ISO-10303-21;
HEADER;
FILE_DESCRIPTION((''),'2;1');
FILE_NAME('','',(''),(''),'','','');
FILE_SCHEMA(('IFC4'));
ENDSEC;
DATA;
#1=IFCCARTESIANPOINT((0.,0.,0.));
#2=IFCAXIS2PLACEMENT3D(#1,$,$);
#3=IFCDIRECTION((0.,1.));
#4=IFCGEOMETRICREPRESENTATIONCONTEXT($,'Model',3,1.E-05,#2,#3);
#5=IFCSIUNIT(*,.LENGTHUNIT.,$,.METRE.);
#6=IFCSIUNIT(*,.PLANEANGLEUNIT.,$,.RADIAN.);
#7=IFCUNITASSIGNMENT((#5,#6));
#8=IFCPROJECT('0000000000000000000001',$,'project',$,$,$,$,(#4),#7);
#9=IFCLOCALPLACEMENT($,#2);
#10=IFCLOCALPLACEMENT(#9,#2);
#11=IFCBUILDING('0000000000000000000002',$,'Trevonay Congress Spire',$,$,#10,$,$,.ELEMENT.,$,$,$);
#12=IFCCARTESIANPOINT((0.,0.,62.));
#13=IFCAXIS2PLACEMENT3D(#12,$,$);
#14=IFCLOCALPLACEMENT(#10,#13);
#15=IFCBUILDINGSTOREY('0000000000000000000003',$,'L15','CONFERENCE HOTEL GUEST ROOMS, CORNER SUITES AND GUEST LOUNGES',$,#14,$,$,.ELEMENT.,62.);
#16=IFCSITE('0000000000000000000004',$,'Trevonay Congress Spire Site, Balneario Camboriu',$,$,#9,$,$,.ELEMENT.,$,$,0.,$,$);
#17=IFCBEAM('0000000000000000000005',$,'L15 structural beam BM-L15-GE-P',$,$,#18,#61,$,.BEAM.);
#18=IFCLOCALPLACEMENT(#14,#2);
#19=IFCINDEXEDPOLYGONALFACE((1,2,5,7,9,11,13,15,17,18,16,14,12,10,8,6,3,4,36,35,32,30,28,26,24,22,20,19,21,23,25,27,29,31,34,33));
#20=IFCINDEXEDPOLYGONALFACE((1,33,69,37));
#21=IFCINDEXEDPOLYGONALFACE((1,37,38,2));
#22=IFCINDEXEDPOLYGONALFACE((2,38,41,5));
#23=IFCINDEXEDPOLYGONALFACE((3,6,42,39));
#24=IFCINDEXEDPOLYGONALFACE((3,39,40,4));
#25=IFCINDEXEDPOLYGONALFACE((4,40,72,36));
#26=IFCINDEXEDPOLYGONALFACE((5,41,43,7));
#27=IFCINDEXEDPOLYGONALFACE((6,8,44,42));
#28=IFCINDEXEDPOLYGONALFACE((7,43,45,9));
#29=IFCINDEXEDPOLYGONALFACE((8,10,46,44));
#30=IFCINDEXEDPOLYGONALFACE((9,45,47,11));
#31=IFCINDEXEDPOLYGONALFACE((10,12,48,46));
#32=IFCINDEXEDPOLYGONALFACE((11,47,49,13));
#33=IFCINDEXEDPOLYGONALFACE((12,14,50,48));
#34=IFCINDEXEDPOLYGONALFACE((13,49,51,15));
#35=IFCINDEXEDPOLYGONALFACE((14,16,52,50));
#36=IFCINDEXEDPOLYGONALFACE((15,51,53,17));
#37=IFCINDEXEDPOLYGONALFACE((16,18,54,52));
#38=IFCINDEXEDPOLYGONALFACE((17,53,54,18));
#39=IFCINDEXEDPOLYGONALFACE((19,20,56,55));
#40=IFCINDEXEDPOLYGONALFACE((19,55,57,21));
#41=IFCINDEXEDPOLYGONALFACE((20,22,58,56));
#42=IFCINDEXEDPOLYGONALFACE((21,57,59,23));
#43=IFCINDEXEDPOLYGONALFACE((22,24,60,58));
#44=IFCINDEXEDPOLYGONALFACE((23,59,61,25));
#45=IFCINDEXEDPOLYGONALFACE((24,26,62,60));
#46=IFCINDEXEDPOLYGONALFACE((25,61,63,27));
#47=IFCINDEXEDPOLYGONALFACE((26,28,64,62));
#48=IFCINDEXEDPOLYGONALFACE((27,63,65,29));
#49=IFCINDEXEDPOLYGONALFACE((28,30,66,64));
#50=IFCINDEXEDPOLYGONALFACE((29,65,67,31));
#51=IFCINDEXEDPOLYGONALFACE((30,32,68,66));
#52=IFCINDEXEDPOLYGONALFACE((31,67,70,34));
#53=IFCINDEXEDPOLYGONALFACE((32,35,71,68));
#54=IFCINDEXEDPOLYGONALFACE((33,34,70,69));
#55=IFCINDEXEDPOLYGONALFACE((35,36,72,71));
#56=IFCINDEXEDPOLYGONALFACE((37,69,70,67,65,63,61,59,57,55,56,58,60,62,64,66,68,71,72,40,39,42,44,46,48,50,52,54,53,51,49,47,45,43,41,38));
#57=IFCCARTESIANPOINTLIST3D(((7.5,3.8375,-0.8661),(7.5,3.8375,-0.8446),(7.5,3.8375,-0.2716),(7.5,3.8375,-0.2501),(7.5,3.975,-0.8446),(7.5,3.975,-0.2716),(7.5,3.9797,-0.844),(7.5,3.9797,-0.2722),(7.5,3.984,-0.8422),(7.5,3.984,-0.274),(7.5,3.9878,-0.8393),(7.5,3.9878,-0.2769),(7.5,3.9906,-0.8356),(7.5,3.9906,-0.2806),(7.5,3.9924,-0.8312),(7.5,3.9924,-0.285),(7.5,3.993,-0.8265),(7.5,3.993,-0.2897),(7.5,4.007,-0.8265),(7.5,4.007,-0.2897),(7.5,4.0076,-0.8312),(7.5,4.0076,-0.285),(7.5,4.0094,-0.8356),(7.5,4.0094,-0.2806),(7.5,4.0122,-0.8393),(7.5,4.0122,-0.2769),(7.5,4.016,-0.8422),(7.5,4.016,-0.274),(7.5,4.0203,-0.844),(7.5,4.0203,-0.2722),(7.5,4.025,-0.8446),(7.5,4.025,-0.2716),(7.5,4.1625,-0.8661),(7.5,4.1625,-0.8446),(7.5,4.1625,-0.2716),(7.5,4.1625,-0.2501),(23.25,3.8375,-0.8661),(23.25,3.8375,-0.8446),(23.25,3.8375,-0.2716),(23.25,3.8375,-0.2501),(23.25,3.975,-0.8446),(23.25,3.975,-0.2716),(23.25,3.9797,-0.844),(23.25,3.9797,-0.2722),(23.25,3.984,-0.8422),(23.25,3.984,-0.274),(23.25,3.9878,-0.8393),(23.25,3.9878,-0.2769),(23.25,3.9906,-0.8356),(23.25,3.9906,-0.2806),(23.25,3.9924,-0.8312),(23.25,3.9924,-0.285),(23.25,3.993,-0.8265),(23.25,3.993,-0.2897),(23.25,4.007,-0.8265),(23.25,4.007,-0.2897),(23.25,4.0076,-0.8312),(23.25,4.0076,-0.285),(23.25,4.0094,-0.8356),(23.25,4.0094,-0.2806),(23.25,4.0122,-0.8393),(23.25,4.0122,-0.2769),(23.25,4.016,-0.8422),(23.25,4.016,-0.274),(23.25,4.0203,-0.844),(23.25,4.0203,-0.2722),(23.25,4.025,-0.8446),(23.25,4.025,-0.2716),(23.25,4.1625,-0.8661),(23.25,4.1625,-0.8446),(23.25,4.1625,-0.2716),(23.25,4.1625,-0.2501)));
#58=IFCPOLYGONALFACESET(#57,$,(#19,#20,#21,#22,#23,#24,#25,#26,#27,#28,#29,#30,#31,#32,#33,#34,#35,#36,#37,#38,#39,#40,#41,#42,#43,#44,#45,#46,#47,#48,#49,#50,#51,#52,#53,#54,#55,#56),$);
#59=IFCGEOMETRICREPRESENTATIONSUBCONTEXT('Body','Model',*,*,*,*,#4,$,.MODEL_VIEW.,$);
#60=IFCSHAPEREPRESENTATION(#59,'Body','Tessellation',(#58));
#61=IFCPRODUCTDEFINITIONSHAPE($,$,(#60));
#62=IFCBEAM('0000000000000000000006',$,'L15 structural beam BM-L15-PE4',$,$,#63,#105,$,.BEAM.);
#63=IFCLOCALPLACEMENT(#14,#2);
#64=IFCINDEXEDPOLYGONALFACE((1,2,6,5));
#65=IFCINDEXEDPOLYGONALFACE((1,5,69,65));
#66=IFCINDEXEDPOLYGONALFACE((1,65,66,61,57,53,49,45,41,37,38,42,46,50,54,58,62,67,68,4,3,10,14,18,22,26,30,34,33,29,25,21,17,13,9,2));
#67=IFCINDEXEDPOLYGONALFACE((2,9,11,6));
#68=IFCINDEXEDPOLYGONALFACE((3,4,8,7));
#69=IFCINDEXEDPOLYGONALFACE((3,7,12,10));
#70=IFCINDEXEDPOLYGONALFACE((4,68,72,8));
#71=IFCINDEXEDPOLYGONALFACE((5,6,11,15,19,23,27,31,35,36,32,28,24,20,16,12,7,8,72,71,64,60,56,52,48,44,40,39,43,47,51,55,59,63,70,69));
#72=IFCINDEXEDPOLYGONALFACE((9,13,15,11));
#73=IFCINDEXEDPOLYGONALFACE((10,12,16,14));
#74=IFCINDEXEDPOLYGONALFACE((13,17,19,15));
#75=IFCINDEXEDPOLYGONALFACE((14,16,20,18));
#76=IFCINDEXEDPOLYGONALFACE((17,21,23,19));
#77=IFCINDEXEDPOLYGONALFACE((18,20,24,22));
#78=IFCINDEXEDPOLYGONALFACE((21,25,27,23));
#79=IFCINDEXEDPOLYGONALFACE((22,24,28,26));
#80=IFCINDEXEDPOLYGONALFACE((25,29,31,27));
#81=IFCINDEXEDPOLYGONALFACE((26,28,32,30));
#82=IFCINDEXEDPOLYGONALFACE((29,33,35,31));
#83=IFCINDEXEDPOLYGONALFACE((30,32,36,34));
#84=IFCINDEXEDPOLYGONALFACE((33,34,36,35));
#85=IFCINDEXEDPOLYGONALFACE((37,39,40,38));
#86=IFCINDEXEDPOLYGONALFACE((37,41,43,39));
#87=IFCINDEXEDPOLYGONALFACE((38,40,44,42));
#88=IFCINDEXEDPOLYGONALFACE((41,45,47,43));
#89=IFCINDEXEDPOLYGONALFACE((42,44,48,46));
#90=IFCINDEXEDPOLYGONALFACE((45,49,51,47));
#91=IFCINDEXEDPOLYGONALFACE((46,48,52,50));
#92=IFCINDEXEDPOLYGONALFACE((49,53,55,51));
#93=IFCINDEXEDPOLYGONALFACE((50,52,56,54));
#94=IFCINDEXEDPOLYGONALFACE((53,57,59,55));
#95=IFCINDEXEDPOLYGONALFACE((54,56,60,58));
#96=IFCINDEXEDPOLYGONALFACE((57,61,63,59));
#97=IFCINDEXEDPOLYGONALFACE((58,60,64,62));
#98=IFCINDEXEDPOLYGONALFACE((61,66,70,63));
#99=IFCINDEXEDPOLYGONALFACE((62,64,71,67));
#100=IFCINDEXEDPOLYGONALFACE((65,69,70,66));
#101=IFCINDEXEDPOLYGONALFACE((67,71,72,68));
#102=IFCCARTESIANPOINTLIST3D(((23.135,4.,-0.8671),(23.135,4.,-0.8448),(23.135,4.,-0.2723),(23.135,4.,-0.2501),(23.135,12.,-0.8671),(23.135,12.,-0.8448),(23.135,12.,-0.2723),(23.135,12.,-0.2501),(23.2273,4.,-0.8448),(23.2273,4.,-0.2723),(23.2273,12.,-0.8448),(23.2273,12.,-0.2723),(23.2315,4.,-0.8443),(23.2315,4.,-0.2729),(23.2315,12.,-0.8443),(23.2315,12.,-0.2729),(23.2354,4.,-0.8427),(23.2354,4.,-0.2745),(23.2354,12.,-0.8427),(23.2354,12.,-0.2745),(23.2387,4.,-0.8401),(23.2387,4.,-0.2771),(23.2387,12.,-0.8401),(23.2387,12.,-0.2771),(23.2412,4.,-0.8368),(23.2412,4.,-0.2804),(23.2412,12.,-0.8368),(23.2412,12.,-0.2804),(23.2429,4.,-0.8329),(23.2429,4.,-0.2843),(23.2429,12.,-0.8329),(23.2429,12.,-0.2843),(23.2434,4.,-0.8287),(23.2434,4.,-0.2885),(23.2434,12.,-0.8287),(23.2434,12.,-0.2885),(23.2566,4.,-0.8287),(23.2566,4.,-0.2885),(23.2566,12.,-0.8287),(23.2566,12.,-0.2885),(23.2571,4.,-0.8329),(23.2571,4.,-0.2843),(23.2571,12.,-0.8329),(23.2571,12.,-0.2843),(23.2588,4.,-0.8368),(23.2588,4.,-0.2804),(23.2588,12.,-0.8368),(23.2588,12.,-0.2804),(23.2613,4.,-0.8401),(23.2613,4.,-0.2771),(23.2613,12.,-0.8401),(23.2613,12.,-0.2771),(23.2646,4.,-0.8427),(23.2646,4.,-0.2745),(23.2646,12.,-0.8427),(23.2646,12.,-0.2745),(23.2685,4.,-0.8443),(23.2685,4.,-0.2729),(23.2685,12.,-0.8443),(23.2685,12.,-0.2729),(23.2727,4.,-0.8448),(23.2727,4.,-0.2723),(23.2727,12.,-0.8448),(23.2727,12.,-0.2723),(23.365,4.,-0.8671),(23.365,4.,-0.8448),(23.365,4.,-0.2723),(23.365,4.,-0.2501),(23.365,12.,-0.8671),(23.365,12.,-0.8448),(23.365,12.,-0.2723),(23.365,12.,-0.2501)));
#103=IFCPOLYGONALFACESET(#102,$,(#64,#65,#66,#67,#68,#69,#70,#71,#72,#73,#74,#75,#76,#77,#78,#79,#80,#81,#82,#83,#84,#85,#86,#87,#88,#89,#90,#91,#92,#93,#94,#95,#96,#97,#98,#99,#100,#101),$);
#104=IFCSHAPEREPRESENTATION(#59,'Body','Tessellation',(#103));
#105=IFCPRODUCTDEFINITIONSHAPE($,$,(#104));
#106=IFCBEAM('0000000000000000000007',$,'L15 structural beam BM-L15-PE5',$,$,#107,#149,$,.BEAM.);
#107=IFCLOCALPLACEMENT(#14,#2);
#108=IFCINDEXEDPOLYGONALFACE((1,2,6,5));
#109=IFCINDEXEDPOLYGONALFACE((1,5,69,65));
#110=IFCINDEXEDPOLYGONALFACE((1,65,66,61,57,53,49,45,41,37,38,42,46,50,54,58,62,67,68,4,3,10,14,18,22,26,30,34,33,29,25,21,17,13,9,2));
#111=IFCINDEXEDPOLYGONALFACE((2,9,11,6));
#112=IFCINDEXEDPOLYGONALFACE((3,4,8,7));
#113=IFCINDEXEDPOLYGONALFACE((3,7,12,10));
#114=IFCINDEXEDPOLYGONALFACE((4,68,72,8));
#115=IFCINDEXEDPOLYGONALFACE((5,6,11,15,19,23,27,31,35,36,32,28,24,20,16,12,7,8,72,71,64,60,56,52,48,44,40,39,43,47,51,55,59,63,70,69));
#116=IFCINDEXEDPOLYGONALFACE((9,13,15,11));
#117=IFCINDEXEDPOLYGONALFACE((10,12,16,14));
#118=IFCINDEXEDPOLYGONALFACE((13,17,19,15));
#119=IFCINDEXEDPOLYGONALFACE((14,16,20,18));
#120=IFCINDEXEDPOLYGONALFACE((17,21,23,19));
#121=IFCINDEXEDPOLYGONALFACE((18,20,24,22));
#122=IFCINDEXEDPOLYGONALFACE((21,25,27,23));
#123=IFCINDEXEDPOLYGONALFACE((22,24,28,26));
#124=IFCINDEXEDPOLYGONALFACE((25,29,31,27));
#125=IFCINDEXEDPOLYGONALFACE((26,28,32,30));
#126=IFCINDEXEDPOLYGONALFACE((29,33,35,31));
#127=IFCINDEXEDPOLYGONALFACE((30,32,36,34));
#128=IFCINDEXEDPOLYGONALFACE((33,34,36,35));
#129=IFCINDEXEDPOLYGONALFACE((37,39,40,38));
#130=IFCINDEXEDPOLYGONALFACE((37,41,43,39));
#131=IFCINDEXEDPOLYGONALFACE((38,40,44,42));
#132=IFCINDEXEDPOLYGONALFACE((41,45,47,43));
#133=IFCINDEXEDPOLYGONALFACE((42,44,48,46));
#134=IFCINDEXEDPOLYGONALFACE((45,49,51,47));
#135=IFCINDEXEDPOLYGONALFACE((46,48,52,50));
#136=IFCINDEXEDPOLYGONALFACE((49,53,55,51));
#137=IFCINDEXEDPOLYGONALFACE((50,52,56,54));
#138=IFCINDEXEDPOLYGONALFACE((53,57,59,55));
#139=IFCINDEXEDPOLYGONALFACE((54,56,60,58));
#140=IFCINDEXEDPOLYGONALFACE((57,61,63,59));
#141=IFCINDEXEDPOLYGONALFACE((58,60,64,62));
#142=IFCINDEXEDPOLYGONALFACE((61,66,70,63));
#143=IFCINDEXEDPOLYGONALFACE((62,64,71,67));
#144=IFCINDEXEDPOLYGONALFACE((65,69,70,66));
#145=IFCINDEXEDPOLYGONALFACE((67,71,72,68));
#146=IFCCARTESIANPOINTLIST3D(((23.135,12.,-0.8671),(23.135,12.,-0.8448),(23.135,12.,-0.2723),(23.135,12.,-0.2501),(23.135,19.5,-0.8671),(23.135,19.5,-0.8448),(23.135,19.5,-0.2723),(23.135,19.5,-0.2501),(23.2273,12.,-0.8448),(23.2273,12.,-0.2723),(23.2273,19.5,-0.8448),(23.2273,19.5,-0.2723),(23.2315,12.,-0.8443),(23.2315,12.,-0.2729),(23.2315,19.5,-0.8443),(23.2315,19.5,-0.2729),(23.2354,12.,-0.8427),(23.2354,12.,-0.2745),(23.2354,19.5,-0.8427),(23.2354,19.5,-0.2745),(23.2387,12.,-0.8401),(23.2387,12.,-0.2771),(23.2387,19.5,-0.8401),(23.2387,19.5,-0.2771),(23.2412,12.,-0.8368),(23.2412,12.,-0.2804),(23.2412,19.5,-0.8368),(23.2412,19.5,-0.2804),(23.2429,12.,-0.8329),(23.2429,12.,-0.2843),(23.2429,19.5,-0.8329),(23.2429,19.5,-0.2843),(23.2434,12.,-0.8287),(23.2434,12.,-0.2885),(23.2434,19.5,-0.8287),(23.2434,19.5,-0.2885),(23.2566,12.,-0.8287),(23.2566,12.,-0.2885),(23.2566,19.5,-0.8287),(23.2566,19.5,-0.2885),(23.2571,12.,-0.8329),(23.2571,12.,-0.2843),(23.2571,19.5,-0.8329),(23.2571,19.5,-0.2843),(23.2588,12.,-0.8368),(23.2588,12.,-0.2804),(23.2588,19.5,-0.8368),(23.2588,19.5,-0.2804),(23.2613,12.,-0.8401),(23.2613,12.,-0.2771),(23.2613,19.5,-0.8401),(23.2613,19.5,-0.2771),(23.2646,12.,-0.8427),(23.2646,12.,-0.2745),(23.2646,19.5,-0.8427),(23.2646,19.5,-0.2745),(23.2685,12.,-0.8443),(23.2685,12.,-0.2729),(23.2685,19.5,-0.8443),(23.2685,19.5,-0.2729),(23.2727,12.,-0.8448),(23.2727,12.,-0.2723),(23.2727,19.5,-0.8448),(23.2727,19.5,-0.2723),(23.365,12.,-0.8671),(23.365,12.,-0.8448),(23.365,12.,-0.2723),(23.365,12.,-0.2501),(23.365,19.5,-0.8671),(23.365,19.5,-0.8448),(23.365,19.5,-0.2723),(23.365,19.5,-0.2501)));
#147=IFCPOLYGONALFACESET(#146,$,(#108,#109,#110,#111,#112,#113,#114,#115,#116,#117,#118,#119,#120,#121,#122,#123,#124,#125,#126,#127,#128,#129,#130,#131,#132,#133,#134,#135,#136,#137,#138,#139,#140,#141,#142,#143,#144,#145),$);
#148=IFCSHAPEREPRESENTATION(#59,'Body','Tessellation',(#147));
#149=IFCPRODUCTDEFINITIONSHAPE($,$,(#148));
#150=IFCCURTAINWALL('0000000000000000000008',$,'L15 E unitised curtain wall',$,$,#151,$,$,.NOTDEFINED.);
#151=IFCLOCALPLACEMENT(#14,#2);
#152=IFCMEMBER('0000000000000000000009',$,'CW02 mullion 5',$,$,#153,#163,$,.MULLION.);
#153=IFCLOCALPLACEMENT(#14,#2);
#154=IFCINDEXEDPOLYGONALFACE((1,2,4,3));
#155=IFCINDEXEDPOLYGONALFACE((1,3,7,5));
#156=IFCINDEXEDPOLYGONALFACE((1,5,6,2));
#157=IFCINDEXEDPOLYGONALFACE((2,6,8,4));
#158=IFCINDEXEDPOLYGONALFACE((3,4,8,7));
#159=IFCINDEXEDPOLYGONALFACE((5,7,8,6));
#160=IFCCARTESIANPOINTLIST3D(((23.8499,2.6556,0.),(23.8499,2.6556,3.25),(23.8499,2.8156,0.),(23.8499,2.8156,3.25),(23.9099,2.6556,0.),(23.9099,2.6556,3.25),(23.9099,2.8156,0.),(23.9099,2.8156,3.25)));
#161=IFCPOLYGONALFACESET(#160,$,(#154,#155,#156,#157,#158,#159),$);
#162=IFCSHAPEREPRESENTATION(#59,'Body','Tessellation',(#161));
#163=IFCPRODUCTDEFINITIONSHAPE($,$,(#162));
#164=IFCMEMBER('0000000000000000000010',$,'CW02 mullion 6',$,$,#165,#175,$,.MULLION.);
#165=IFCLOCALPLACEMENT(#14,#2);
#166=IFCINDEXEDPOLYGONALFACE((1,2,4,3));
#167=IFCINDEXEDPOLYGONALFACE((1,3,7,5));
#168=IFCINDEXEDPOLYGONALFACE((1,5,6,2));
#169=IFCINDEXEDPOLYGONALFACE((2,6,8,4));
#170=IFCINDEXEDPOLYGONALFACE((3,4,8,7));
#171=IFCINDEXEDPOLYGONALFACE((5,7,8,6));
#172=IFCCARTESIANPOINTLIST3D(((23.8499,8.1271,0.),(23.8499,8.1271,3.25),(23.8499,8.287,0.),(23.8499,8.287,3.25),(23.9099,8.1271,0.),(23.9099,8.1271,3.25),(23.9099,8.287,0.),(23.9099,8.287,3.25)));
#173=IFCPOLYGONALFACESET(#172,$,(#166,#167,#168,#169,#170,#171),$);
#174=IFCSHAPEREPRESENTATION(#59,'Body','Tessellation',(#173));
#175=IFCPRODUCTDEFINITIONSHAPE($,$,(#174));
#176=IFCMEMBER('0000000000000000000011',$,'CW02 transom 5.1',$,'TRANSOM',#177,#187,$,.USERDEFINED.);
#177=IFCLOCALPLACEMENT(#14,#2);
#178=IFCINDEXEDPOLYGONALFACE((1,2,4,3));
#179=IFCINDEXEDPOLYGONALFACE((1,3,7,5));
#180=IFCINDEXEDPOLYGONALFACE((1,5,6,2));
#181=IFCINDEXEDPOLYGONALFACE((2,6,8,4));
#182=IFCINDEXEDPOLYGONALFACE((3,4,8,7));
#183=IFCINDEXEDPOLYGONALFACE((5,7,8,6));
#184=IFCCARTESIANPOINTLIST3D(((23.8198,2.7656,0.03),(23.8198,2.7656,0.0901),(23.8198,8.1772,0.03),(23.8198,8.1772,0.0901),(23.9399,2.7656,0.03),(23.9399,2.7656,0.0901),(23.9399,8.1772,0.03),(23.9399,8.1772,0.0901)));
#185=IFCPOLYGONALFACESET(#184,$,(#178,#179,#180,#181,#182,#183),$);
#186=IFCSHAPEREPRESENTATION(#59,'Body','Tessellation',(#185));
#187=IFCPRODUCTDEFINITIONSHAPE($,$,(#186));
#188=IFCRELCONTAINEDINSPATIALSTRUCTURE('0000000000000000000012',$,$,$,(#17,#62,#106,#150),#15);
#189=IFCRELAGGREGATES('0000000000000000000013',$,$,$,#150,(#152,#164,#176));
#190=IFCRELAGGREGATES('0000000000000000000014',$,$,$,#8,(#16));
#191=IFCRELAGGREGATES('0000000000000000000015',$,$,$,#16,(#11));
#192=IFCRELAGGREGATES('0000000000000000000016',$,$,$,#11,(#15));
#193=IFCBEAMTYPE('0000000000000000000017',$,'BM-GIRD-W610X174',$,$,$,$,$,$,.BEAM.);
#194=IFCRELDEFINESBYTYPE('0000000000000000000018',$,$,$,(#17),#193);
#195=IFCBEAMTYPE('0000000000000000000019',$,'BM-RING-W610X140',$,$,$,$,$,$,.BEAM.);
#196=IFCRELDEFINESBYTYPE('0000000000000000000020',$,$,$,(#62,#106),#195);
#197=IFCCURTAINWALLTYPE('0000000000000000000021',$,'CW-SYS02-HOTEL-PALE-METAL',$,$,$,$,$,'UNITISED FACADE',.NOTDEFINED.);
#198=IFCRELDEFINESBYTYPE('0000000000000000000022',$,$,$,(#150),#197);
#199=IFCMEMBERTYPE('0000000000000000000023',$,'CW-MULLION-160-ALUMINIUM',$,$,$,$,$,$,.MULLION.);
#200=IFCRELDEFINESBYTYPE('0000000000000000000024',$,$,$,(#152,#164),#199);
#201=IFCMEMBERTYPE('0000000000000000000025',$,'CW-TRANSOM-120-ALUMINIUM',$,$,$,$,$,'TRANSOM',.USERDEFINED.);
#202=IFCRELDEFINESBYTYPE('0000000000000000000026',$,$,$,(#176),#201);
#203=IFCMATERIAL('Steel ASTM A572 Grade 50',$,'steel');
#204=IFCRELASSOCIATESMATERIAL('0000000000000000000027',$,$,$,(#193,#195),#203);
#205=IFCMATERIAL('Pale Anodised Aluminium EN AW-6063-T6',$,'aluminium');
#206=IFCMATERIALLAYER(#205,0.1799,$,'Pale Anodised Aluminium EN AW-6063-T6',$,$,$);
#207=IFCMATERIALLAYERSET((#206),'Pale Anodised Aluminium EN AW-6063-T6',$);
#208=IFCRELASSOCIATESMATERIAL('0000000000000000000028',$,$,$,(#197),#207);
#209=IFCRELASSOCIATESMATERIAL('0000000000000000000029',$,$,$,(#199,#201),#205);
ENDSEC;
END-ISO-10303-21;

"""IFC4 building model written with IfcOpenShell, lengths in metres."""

from ifc_helpers import new_model, si_unit, direction, frame, origin, origin_2d, place, context, subcontext, project, spatial, rectangle, i_section, extrude, material, layer, layer_set, material_profile, profile_set, type_object, element, aggregate, save


model = new_model("IFC4")

# Units and contexts
model_context = context("Model", 3, precision=1e-05, world=origin(), true_north=direction((0.0, 1.0)))
body_context = subcontext(model_context, "Body", "Model", "MODEL_VIEW")
ifc_project = project(units=[si_unit("LENGTHUNIT", "METRE"), si_unit("PLANEANGLEUNIT", "RADIAN")], contexts=[model_context])

# Site, building, storey
site_placement = place(None, origin())
site = spatial("IfcSite", under=ifc_project, at=site_placement, Name="Trevonay Congress Spire Site, Balneario Camboriu", CompositionType="ELEMENT", RefElevation=0.0)
building_placement = place(site_placement, origin())
building = spatial("IfcBuilding", under=site, at=building_placement, Name="Trevonay Congress Spire", CompositionType="ELEMENT")
storey_placement = place(building_placement, frame((0.0, 0.0, 62.0)))
storey = spatial("IfcBuildingStorey", under=building, at=storey_placement, Name="L15", Description="CONFERENCE HOTEL GUEST ROOMS, CORNER SUITES AND GUEST LOUNGES", CompositionType="ELEMENT", Elevation=62.0)

# Shared definitions
ifc_material_1 = material(Name="Steel ASTM A572 Grade 50", Category="steel")

# Beams
ifc_material_profile_1 = material_profile(ifc_material_1, i_section(OverallWidth=0.325, OverallDepth=0.616, WebThickness=0.0139, FlangeThickness=0.0215, FilletRadius=0.0181, at=origin_2d()), Name="W610x174")
ifc_profile_set_1 = profile_set([ifc_material_profile_1], Name="Steel ASTM A572 Grade 50")
beam_type_1 = type_object("IfcBeamType", Name="BM-GIRD-W610X174", PredefinedType="BEAM", material=ifc_profile_set_1)
beam_1_placement = place(storey_placement, frame((7.5, 4.0, -0.5581), z_axis=(1.0, 0.0, 0.0), x_axis=(0.0, 1.0, 0.0)))
element("IfcBeam", 1, at=beam_1_placement, inside=storey, type_object=beam_type_1, Name="L15 structural beam BM-L15-GE-P", PredefinedType="BEAM", context=body_context, shape_type="SweptSolid", body=[
    extrude(i_section(OverallWidth=0.325, OverallDepth=0.616, WebThickness=0.0139, FlangeThickness=0.0215, FilletRadius=0.0181, at=origin_2d()), origin(), (0.0, 0.0, 1.0), 15.75),
])
ifc_material_profile_2 = material_profile(ifc_material_1, i_section(OverallWidth=0.23, OverallDepth=0.6169, WebThickness=0.0132, FlangeThickness=0.0222, FilletRadius=0.0161, at=origin_2d()), Name="W610x140")
ifc_profile_set_2 = profile_set([ifc_material_profile_2], Name="Steel ASTM A572 Grade 50")
beam_type_2 = type_object("IfcBeamType", Name="BM-RING-W610X140", PredefinedType="BEAM", material=ifc_profile_set_2)
beam_2_placement = place(storey_placement, frame((23.25, 4.0, -0.5586), z_axis=(0.0, 1.0, 0.0), x_axis=(-1.0, 0.0, 0.0)))
element("IfcBeam", 2, at=beam_2_placement, inside=storey, type_object=beam_type_2, Name="L15 structural beam BM-L15-PE4", PredefinedType="BEAM", context=body_context, shape_type="SweptSolid", body=[
    extrude(i_section(OverallWidth=0.23, OverallDepth=0.6169, WebThickness=0.0132, FlangeThickness=0.0222, FilletRadius=0.0161, at=origin_2d()), origin(), (0.0, 0.0, 1.0), 8.0),
])
beam_3_placement = place(storey_placement, frame((23.25, 12.0, -0.5586), z_axis=(0.0, 1.0, 0.0), x_axis=(-1.0, 0.0, 0.0)))
element("IfcBeam", 3, at=beam_3_placement, inside=storey, type_object=beam_type_2, Name="L15 structural beam BM-L15-PE5", PredefinedType="BEAM", context=body_context, shape_type="SweptSolid", body=[
    extrude(i_section(OverallWidth=0.23, OverallDepth=0.6169, WebThickness=0.0132, FlangeThickness=0.0222, FilletRadius=0.0161, at=origin_2d()), origin(), (0.0, 0.0, 1.0), 7.5),
])

# Curtain wall, members
ifc_material_2 = material(Name="Pale Anodised Aluminium EN AW-6063-T6", Category="aluminium")
ifc_layer_1 = layer(ifc_material_2, 0.1799, Name="Pale Anodised Aluminium EN AW-6063-T6")
ifc_layer_set_1 = layer_set([ifc_layer_1], Name="Pale Anodised Aluminium EN AW-6063-T6")
curtain_wall_type = type_object("IfcCurtainWallType", Name="CW-SYS02-HOTEL-PALE-METAL", ElementType="UNITISED FACADE", PredefinedType="NOTDEFINED", material=ifc_layer_set_1)
curtain_wall_placement = place(storey_placement, origin())
curtain_wall = element("IfcCurtainWall", 4, at=curtain_wall_placement, inside=storey, type_object=curtain_wall_type, Name="L15 E unitised curtain wall", PredefinedType="NOTDEFINED")
ifc_material_profile_3 = material_profile(ifc_material_2, rectangle(XDim=0.0601, YDim=0.1599, at=origin_2d()), Name="CW-MULLION-160-ALUMINIUM")
ifc_profile_set_3 = profile_set([ifc_material_profile_3], Name="Pale Anodised Aluminium EN AW-6063-T6")
member_type_1 = type_object("IfcMemberType", Name="CW-MULLION-160-ALUMINIUM", PredefinedType="MULLION", material=ifc_profile_set_3)
member_1_placement = place(storey_placement, frame((23.8799, 2.7356, 0.0), z_axis=(0.0, 0.0, 1.0), x_axis=(-1.0, 0.0, 0.0)))
member_1 = element("IfcMember", 5, at=member_1_placement, type_object=member_type_1, Name="CW02 mullion 5", PredefinedType="MULLION", context=body_context, shape_type="SweptSolid", body=[
    extrude(rectangle(XDim=0.0601, YDim=0.1599, at=origin_2d()), origin(), (0.0, 0.0, 1.0), 3.25),
])
member_2_placement = place(storey_placement, frame((23.8799, 8.207, 0.0), z_axis=(0.0, 0.0, 1.0), x_axis=(-1.0, 0.0, 0.0)))
member_2 = element("IfcMember", 6, at=member_2_placement, type_object=member_type_1, Name="CW02 mullion 6", PredefinedType="MULLION", context=body_context, shape_type="SweptSolid", body=[
    extrude(rectangle(XDim=0.0601, YDim=0.1599, at=origin_2d()), origin(), (0.0, 0.0, 1.0), 3.25),
])
ifc_material_profile_4 = material_profile(ifc_material_2, rectangle(XDim=0.1201, YDim=0.0601, at=origin_2d()), Name="CW-TRANSOM-120-ALUMINIUM")
ifc_profile_set_4 = profile_set([ifc_material_profile_4], Name="Pale Anodised Aluminium EN AW-6063-T6")
member_type_2 = type_object("IfcMemberType", Name="CW-TRANSOM-120-ALUMINIUM", ElementType="TRANSOM", PredefinedType="USERDEFINED", material=ifc_profile_set_4)
member_3_placement = place(storey_placement, frame((23.8799, 2.7656, 0.0601), z_axis=(0.0, 1.0, 0.0), x_axis=(-1.0, 0.0, 0.0)))
member_3 = element("IfcMember", 7, at=member_3_placement, type_object=member_type_2, Name="CW02 transom 5.1", ObjectType="TRANSOM", PredefinedType="USERDEFINED", context=body_context, shape_type="SweptSolid", body=[
    extrude(rectangle(XDim=0.1201, YDim=0.0601, at=origin_2d()), origin(), (0.0, 0.0, 1.0), 5.4116),
])
aggregate(curtain_wall, [member_1, member_2, member_3])

save(model, "model.ifc")
